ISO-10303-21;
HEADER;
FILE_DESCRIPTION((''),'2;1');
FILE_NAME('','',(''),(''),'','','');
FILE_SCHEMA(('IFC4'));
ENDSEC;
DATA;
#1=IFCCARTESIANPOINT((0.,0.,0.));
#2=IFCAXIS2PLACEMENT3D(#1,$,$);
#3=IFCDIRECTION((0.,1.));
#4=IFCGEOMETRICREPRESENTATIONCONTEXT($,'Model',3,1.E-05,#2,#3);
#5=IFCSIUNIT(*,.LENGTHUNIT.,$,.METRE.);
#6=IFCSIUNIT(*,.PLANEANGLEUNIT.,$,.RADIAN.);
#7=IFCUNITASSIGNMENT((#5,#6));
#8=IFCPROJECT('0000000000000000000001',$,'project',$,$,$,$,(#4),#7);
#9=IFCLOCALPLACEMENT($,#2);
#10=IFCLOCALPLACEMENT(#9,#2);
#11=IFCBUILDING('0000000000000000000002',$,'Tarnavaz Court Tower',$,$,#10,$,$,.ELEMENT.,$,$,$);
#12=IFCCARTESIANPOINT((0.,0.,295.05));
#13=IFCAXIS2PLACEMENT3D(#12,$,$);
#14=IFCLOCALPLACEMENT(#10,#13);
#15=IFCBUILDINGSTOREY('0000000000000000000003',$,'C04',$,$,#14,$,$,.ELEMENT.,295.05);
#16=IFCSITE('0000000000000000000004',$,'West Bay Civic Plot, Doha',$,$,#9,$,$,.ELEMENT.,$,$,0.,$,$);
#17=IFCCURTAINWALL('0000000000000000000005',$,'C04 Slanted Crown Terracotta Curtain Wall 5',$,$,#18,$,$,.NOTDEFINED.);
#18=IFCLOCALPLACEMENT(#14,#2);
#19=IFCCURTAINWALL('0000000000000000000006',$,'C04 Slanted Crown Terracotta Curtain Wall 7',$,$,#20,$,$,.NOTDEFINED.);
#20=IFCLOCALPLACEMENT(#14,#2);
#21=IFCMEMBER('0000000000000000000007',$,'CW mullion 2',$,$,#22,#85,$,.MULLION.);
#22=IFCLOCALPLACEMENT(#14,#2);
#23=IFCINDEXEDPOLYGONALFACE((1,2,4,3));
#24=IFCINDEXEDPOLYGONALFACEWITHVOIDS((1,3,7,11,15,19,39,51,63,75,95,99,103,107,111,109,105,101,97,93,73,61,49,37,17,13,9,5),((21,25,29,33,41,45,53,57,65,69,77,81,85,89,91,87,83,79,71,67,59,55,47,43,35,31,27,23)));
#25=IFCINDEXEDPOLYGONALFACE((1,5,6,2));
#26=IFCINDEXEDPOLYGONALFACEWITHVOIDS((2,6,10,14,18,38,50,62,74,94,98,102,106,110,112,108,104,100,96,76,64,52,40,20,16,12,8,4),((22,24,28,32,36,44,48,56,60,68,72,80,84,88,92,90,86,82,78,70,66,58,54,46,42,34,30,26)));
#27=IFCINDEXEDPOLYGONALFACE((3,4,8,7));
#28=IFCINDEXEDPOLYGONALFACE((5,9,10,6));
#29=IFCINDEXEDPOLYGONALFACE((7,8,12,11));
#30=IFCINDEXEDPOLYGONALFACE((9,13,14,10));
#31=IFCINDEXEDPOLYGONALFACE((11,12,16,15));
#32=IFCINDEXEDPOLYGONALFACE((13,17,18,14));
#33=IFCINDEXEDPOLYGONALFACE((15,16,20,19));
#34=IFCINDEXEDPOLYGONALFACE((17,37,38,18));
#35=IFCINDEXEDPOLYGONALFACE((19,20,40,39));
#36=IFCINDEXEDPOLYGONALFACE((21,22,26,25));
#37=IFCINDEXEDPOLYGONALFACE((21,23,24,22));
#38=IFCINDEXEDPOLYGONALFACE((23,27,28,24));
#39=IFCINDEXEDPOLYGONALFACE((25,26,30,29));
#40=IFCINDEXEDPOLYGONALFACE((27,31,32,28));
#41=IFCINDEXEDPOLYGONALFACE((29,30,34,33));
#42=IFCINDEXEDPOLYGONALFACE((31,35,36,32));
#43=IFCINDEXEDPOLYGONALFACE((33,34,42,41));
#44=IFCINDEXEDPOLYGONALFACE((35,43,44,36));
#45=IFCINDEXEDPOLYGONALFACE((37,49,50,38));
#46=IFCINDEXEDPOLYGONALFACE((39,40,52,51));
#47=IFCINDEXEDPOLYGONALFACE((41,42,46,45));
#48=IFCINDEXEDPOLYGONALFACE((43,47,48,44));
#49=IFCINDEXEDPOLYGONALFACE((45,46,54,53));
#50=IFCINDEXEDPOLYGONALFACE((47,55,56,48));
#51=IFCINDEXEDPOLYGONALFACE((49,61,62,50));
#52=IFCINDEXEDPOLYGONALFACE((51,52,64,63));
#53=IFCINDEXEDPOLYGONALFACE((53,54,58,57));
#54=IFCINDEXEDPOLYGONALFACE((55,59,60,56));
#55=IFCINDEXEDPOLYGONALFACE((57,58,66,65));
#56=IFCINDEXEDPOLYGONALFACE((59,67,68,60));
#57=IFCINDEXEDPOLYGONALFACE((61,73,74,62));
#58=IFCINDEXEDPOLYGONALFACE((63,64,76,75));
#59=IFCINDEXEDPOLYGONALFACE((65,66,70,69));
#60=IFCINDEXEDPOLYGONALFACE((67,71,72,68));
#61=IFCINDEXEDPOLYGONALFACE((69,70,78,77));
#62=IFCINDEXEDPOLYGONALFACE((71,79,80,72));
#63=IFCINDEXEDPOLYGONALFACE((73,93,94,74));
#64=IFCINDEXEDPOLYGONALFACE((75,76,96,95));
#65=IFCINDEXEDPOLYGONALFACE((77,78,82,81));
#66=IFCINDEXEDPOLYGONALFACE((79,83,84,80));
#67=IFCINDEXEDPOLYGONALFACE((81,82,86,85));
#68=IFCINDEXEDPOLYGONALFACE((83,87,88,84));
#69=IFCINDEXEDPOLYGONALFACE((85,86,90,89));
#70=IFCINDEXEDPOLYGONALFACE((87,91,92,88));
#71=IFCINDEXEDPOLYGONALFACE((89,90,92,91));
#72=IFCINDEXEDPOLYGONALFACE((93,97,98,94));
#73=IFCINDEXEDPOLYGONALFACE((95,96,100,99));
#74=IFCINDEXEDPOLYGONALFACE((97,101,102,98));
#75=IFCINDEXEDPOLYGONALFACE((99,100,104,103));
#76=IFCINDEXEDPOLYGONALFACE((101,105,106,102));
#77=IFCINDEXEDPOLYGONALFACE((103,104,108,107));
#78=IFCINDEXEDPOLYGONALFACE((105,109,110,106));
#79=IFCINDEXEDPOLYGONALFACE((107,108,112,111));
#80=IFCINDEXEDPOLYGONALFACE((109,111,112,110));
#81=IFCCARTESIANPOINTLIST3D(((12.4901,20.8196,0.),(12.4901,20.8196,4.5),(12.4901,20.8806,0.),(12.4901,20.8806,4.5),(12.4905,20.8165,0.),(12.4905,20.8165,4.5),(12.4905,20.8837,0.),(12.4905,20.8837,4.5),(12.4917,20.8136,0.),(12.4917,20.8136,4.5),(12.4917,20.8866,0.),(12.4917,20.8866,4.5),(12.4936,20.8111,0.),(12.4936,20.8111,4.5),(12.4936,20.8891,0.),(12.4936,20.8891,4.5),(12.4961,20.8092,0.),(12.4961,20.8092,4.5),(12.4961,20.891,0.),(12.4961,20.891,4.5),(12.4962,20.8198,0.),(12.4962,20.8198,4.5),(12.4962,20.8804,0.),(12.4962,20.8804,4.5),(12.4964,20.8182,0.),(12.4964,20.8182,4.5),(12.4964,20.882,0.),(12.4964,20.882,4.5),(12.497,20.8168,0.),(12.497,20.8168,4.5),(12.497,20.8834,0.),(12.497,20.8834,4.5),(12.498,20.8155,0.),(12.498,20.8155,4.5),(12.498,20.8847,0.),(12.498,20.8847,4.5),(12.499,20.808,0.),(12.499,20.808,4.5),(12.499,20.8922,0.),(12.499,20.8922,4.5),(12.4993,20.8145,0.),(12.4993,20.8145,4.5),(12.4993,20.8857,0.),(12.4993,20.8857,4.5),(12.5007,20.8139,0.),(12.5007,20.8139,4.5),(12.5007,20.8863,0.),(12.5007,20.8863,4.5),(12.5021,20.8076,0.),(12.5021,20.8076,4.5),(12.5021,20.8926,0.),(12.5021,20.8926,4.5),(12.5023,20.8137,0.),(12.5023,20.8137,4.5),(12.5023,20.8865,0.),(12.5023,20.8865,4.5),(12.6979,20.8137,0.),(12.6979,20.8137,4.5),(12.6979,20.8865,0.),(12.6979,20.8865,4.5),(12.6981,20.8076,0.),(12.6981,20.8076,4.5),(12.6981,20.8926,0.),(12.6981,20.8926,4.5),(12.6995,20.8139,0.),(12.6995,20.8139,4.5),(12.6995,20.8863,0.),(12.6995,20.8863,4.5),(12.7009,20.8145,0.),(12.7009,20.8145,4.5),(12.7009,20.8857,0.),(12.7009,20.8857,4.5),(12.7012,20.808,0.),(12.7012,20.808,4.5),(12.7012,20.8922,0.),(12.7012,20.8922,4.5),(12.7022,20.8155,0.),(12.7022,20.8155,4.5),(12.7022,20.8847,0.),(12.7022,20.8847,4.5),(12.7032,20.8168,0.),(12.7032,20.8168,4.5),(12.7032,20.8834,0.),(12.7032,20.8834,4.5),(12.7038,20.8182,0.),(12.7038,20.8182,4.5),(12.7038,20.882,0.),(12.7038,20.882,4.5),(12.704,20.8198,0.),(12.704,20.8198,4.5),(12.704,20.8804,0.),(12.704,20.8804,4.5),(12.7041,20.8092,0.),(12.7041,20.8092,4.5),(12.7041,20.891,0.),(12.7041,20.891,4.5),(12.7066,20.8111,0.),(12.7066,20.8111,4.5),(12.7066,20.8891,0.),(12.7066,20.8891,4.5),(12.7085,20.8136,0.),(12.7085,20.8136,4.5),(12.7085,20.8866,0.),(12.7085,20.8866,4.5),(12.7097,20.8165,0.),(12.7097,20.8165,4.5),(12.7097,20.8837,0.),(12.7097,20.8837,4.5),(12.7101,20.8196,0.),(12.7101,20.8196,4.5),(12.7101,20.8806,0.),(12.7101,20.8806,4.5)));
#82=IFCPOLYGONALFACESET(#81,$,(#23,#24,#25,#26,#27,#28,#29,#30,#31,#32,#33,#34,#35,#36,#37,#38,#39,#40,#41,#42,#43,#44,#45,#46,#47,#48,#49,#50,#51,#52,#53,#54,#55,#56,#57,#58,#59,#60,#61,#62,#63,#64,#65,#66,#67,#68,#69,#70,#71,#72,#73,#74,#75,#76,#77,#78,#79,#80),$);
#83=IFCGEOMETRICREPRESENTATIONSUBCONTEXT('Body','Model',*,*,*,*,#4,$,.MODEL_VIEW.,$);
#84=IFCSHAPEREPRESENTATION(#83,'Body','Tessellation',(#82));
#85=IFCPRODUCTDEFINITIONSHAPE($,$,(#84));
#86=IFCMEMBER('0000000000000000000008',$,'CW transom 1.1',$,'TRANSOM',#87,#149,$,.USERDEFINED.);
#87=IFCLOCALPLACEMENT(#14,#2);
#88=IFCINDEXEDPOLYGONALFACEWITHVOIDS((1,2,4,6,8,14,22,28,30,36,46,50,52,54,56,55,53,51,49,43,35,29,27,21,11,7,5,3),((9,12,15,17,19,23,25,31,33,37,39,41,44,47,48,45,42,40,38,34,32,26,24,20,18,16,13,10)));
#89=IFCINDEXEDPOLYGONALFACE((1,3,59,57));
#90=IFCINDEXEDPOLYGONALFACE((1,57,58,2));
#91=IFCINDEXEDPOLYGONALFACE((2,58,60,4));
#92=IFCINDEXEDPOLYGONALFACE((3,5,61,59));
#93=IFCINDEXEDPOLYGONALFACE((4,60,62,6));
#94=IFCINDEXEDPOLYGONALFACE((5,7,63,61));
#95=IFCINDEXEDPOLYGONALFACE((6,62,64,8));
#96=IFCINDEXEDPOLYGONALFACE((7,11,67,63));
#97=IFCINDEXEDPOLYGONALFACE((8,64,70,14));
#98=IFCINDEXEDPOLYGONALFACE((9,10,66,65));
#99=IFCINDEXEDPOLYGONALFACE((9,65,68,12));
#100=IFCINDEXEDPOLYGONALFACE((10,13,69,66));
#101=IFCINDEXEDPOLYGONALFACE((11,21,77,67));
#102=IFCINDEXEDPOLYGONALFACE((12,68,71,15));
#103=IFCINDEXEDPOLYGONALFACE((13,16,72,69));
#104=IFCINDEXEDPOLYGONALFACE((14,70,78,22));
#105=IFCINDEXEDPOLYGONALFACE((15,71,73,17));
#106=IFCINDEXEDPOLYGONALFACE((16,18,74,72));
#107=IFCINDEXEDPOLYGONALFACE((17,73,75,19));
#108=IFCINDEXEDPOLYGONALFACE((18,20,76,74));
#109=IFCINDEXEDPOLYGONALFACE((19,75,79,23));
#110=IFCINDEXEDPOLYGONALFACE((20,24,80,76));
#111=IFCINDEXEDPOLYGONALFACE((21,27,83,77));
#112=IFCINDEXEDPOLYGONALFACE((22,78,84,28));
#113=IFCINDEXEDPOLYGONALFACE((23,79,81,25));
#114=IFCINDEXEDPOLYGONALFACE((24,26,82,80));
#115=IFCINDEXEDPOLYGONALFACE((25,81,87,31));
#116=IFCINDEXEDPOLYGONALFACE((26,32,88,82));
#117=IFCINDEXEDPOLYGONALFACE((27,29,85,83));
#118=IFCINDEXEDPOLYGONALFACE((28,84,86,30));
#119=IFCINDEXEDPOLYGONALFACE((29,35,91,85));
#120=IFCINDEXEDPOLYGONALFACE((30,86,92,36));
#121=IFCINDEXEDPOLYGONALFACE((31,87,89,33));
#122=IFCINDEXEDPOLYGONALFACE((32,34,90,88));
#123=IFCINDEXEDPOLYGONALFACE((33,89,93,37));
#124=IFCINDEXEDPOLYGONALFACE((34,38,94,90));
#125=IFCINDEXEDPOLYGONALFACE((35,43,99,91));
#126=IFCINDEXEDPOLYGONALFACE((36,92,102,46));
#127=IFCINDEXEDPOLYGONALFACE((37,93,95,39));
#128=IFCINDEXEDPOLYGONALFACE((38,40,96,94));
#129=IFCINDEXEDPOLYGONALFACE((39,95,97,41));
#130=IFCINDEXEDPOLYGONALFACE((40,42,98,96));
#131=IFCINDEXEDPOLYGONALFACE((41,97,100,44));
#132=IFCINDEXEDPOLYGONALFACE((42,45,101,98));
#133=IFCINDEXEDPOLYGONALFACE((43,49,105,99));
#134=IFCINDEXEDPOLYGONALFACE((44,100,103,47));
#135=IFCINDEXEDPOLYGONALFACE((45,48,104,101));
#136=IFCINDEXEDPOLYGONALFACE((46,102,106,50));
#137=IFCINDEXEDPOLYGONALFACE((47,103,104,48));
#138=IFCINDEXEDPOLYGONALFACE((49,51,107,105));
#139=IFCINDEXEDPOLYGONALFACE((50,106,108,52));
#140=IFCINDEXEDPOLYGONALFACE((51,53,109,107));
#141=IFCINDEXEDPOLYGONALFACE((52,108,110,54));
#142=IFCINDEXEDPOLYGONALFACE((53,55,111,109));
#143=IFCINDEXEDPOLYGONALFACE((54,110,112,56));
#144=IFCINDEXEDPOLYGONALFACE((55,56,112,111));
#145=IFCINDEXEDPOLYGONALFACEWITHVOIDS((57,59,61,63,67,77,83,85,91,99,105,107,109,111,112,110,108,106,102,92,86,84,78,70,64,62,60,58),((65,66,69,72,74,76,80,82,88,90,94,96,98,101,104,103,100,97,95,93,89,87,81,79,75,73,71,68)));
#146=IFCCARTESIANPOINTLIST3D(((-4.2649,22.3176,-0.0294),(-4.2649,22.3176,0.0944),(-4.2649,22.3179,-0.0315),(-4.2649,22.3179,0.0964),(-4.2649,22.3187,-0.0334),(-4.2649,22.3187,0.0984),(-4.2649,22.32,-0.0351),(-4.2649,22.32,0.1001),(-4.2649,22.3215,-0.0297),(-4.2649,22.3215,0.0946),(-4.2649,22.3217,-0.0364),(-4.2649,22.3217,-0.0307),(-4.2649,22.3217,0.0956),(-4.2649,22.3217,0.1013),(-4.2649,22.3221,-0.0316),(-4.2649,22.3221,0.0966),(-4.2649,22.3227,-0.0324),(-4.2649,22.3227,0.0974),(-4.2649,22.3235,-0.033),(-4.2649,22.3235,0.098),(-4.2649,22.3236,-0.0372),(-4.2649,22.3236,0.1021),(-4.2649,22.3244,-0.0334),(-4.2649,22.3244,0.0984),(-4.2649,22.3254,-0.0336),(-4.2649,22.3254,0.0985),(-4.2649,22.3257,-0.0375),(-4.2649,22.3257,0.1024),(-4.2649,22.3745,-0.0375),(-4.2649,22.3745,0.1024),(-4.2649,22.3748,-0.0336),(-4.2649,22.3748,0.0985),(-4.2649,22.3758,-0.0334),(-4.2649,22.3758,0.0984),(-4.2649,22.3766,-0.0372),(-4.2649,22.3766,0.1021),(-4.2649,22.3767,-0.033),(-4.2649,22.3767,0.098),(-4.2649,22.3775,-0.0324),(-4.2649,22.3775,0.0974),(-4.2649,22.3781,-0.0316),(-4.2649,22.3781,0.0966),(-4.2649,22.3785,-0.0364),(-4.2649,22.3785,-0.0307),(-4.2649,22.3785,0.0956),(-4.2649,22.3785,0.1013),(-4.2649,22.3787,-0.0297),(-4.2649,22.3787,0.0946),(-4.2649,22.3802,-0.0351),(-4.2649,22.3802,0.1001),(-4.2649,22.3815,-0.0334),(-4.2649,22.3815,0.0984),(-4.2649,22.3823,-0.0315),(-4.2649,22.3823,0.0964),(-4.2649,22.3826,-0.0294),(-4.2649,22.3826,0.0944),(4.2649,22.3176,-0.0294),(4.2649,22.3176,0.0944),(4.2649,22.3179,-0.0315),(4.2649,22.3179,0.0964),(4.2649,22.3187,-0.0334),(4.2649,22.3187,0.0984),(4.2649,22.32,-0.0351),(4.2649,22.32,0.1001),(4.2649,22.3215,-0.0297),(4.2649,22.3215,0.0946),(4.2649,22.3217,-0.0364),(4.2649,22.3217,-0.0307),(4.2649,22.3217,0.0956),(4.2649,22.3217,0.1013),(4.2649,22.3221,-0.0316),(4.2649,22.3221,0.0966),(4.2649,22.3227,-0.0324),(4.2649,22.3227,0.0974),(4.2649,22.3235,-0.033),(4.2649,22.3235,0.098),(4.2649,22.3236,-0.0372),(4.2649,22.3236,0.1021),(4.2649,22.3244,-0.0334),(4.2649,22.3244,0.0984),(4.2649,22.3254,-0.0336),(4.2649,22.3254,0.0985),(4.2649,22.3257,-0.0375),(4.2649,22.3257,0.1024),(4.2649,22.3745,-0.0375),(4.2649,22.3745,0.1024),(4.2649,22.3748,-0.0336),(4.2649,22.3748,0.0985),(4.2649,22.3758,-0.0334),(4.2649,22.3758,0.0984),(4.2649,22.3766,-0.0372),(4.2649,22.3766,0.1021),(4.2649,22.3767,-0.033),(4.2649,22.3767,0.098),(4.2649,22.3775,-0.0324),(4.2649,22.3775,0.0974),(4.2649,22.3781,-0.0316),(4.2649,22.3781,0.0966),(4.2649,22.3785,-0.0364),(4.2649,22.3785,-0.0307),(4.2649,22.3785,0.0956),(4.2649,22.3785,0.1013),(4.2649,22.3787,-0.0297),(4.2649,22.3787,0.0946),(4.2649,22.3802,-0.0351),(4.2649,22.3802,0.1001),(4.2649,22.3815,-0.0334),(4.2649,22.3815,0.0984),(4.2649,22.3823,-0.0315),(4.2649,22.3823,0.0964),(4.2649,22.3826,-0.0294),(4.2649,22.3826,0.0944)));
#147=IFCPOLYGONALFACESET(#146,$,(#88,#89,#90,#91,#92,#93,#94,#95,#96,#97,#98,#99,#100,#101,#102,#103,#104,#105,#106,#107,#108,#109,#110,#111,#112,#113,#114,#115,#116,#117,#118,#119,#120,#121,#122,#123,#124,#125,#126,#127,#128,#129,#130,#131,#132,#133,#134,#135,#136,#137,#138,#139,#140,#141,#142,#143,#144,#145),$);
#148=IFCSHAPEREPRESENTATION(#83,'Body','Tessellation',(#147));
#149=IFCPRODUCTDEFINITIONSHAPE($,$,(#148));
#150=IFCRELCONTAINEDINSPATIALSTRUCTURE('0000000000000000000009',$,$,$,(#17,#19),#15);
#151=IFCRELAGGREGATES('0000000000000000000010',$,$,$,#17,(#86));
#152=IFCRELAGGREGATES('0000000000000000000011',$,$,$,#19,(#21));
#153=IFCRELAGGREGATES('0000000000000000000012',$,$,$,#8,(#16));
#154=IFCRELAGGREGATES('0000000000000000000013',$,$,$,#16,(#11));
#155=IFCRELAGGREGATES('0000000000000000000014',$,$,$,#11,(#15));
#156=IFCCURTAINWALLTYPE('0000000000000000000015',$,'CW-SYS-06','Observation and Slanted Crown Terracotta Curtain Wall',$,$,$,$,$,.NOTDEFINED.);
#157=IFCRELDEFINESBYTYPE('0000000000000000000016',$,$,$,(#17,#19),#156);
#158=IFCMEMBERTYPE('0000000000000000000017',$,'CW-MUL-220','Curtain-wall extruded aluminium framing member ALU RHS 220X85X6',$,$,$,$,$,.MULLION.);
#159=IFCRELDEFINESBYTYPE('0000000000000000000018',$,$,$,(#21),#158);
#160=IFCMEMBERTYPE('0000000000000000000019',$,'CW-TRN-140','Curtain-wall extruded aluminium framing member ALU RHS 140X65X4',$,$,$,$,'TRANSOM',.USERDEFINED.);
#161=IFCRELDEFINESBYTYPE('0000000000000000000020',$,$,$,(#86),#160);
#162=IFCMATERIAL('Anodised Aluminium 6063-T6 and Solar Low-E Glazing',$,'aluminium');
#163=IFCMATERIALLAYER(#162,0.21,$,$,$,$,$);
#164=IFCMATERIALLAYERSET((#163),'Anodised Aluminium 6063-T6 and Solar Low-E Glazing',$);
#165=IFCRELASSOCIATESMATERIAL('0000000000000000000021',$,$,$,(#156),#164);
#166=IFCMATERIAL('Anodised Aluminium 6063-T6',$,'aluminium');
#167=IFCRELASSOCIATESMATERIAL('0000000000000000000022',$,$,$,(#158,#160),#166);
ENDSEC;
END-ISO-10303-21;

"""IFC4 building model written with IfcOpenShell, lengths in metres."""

from ifc_helpers import new_model, si_unit, direction, frame, origin, origin_2d, place, context, subcontext, project, spatial, hollow_rectangle, extrude, material, layer, layer_set, material_profile, profile_set, type_object, element, aggregate, save


model = new_model("IFC4")

# Units and contexts
model_context = context("Model", 3, precision=1e-05, world=origin(), true_north=direction((0.0, 1.0)))
body_context = subcontext(model_context, "Body", "Model", "MODEL_VIEW")
ifc_project = project(units=[si_unit("LENGTHUNIT", "METRE"), si_unit("PLANEANGLEUNIT", "RADIAN")], contexts=[model_context])

# Site, building, storey
site_placement = place(None, origin())
site = spatial("IfcSite", under=ifc_project, at=site_placement, Name="West Bay Civic Plot, Doha", CompositionType="ELEMENT", RefElevation=0.0)
building_placement = place(site_placement, origin())
building = spatial("IfcBuilding", under=site, at=building_placement, Name="Tarnavaz Court Tower", CompositionType="ELEMENT")
storey_placement = place(building_placement, frame((0.0, 0.0, 295.05)))
storey = spatial("IfcBuildingStorey", under=building, at=storey_placement, Name="C04", CompositionType="ELEMENT", Elevation=295.05)

# Curtain wall
ifc_material_1 = material(Name="Anodised Aluminium 6063-T6 and Solar Low-E Glazing", Category="aluminium")
ifc_layer_1 = layer(ifc_material_1, 0.21)
ifc_layer_set_1 = layer_set([ifc_layer_1], Name="Anodised Aluminium 6063-T6 and Solar Low-E Glazing")
curtain_wall_type = type_object("IfcCurtainWallType", Name="CW-SYS-06", Description="Observation and Slanted Crown Terracotta Curtain Wall", PredefinedType="NOTDEFINED", material=ifc_layer_set_1)
curtain_wall_1_placement = place(storey_placement, origin())
curtain_wall_1 = element("IfcCurtainWall", 1, at=curtain_wall_1_placement, inside=storey, type_object=curtain_wall_type, Name="C04 Slanted Crown Terracotta Curtain Wall 5", PredefinedType="NOTDEFINED")
ifc_material_2 = material(Name="Anodised Aluminium 6063-T6", Category="aluminium")
ifc_material_profile_1 = material_profile(ifc_material_2, hollow_rectangle(XDim=0.085, YDim=0.22, WallThickness=0.0061, InnerFilletRadius=0.0061, OuterFilletRadius=0.012, at=origin_2d()), Name="ALU RHS 220X85X6")
ifc_profile_set_1 = profile_set([ifc_material_profile_1], Name="Anodised Aluminium 6063-T6")
member_type_1 = type_object("IfcMemberType", Name="CW-MUL-220", Description="Curtain-wall extruded aluminium framing member ALU RHS 220X85X6", PredefinedType="MULLION", material=ifc_profile_set_1)

# Curtain wall, member
curtain_wall_2_placement = place(storey_placement, origin())
curtain_wall_2 = element("IfcCurtainWall", 2, at=curtain_wall_2_placement, inside=storey, type_object=curtain_wall_type, Name="C04 Slanted Crown Terracotta Curtain Wall 7", PredefinedType="NOTDEFINED")
member_1_placement = place(storey_placement, frame((12.6001, 20.8501, 0.0), z_axis=(0.0, 0.0, 1.0), x_axis=(0.0, 1.0, 0.0)))
member_1 = element("IfcMember", 3, at=member_1_placement, type_object=member_type_1, Name="CW mullion 2", PredefinedType="MULLION", context=body_context, shape_type="SweptSolid", body=[
    extrude(hollow_rectangle(XDim=0.085, YDim=0.22, WallThickness=0.0061, InnerFilletRadius=0.0061, OuterFilletRadius=0.012, at=origin_2d()), origin(), (0.0, 0.0, 1.0), 4.5),
])

# Member
ifc_material_profile_2 = material_profile(ifc_material_2, hollow_rectangle(XDim=0.0649, YDim=0.1399, WallThickness=0.0039, InnerFilletRadius=0.0039, OuterFilletRadius=0.0081, at=origin_2d()), Name="ALU RHS 140X65X4")
ifc_profile_set_2 = profile_set([ifc_material_profile_2], Name="Anodised Aluminium 6063-T6")
member_type_2 = type_object("IfcMemberType", Name="CW-TRN-140", Description="Curtain-wall extruded aluminium framing member ALU RHS 140X65X4", ElementType="TRANSOM", PredefinedType="USERDEFINED", material=ifc_profile_set_2)
member_2_placement = place(storey_placement, frame((-4.2649, 22.3501, 0.0325), z_axis=(1.0, 0.0, 0.0), x_axis=(0.0, 1.0, 0.0)))
member_2 = element("IfcMember", 4, at=member_2_placement, type_object=member_type_2, Name="CW transom 1.1", ObjectType="TRANSOM", PredefinedType="USERDEFINED", context=body_context, shape_type="SweptSolid", body=[
    extrude(hollow_rectangle(XDim=0.0649, YDim=0.1399, WallThickness=0.0039, InnerFilletRadius=0.0039, OuterFilletRadius=0.0081, at=origin_2d()), origin(), (0.0, 0.0, 1.0), 8.5298),
])

aggregate(curtain_wall_1, [member_2])
aggregate(curtain_wall_2, [member_1])

save(model, "model.ifc")
